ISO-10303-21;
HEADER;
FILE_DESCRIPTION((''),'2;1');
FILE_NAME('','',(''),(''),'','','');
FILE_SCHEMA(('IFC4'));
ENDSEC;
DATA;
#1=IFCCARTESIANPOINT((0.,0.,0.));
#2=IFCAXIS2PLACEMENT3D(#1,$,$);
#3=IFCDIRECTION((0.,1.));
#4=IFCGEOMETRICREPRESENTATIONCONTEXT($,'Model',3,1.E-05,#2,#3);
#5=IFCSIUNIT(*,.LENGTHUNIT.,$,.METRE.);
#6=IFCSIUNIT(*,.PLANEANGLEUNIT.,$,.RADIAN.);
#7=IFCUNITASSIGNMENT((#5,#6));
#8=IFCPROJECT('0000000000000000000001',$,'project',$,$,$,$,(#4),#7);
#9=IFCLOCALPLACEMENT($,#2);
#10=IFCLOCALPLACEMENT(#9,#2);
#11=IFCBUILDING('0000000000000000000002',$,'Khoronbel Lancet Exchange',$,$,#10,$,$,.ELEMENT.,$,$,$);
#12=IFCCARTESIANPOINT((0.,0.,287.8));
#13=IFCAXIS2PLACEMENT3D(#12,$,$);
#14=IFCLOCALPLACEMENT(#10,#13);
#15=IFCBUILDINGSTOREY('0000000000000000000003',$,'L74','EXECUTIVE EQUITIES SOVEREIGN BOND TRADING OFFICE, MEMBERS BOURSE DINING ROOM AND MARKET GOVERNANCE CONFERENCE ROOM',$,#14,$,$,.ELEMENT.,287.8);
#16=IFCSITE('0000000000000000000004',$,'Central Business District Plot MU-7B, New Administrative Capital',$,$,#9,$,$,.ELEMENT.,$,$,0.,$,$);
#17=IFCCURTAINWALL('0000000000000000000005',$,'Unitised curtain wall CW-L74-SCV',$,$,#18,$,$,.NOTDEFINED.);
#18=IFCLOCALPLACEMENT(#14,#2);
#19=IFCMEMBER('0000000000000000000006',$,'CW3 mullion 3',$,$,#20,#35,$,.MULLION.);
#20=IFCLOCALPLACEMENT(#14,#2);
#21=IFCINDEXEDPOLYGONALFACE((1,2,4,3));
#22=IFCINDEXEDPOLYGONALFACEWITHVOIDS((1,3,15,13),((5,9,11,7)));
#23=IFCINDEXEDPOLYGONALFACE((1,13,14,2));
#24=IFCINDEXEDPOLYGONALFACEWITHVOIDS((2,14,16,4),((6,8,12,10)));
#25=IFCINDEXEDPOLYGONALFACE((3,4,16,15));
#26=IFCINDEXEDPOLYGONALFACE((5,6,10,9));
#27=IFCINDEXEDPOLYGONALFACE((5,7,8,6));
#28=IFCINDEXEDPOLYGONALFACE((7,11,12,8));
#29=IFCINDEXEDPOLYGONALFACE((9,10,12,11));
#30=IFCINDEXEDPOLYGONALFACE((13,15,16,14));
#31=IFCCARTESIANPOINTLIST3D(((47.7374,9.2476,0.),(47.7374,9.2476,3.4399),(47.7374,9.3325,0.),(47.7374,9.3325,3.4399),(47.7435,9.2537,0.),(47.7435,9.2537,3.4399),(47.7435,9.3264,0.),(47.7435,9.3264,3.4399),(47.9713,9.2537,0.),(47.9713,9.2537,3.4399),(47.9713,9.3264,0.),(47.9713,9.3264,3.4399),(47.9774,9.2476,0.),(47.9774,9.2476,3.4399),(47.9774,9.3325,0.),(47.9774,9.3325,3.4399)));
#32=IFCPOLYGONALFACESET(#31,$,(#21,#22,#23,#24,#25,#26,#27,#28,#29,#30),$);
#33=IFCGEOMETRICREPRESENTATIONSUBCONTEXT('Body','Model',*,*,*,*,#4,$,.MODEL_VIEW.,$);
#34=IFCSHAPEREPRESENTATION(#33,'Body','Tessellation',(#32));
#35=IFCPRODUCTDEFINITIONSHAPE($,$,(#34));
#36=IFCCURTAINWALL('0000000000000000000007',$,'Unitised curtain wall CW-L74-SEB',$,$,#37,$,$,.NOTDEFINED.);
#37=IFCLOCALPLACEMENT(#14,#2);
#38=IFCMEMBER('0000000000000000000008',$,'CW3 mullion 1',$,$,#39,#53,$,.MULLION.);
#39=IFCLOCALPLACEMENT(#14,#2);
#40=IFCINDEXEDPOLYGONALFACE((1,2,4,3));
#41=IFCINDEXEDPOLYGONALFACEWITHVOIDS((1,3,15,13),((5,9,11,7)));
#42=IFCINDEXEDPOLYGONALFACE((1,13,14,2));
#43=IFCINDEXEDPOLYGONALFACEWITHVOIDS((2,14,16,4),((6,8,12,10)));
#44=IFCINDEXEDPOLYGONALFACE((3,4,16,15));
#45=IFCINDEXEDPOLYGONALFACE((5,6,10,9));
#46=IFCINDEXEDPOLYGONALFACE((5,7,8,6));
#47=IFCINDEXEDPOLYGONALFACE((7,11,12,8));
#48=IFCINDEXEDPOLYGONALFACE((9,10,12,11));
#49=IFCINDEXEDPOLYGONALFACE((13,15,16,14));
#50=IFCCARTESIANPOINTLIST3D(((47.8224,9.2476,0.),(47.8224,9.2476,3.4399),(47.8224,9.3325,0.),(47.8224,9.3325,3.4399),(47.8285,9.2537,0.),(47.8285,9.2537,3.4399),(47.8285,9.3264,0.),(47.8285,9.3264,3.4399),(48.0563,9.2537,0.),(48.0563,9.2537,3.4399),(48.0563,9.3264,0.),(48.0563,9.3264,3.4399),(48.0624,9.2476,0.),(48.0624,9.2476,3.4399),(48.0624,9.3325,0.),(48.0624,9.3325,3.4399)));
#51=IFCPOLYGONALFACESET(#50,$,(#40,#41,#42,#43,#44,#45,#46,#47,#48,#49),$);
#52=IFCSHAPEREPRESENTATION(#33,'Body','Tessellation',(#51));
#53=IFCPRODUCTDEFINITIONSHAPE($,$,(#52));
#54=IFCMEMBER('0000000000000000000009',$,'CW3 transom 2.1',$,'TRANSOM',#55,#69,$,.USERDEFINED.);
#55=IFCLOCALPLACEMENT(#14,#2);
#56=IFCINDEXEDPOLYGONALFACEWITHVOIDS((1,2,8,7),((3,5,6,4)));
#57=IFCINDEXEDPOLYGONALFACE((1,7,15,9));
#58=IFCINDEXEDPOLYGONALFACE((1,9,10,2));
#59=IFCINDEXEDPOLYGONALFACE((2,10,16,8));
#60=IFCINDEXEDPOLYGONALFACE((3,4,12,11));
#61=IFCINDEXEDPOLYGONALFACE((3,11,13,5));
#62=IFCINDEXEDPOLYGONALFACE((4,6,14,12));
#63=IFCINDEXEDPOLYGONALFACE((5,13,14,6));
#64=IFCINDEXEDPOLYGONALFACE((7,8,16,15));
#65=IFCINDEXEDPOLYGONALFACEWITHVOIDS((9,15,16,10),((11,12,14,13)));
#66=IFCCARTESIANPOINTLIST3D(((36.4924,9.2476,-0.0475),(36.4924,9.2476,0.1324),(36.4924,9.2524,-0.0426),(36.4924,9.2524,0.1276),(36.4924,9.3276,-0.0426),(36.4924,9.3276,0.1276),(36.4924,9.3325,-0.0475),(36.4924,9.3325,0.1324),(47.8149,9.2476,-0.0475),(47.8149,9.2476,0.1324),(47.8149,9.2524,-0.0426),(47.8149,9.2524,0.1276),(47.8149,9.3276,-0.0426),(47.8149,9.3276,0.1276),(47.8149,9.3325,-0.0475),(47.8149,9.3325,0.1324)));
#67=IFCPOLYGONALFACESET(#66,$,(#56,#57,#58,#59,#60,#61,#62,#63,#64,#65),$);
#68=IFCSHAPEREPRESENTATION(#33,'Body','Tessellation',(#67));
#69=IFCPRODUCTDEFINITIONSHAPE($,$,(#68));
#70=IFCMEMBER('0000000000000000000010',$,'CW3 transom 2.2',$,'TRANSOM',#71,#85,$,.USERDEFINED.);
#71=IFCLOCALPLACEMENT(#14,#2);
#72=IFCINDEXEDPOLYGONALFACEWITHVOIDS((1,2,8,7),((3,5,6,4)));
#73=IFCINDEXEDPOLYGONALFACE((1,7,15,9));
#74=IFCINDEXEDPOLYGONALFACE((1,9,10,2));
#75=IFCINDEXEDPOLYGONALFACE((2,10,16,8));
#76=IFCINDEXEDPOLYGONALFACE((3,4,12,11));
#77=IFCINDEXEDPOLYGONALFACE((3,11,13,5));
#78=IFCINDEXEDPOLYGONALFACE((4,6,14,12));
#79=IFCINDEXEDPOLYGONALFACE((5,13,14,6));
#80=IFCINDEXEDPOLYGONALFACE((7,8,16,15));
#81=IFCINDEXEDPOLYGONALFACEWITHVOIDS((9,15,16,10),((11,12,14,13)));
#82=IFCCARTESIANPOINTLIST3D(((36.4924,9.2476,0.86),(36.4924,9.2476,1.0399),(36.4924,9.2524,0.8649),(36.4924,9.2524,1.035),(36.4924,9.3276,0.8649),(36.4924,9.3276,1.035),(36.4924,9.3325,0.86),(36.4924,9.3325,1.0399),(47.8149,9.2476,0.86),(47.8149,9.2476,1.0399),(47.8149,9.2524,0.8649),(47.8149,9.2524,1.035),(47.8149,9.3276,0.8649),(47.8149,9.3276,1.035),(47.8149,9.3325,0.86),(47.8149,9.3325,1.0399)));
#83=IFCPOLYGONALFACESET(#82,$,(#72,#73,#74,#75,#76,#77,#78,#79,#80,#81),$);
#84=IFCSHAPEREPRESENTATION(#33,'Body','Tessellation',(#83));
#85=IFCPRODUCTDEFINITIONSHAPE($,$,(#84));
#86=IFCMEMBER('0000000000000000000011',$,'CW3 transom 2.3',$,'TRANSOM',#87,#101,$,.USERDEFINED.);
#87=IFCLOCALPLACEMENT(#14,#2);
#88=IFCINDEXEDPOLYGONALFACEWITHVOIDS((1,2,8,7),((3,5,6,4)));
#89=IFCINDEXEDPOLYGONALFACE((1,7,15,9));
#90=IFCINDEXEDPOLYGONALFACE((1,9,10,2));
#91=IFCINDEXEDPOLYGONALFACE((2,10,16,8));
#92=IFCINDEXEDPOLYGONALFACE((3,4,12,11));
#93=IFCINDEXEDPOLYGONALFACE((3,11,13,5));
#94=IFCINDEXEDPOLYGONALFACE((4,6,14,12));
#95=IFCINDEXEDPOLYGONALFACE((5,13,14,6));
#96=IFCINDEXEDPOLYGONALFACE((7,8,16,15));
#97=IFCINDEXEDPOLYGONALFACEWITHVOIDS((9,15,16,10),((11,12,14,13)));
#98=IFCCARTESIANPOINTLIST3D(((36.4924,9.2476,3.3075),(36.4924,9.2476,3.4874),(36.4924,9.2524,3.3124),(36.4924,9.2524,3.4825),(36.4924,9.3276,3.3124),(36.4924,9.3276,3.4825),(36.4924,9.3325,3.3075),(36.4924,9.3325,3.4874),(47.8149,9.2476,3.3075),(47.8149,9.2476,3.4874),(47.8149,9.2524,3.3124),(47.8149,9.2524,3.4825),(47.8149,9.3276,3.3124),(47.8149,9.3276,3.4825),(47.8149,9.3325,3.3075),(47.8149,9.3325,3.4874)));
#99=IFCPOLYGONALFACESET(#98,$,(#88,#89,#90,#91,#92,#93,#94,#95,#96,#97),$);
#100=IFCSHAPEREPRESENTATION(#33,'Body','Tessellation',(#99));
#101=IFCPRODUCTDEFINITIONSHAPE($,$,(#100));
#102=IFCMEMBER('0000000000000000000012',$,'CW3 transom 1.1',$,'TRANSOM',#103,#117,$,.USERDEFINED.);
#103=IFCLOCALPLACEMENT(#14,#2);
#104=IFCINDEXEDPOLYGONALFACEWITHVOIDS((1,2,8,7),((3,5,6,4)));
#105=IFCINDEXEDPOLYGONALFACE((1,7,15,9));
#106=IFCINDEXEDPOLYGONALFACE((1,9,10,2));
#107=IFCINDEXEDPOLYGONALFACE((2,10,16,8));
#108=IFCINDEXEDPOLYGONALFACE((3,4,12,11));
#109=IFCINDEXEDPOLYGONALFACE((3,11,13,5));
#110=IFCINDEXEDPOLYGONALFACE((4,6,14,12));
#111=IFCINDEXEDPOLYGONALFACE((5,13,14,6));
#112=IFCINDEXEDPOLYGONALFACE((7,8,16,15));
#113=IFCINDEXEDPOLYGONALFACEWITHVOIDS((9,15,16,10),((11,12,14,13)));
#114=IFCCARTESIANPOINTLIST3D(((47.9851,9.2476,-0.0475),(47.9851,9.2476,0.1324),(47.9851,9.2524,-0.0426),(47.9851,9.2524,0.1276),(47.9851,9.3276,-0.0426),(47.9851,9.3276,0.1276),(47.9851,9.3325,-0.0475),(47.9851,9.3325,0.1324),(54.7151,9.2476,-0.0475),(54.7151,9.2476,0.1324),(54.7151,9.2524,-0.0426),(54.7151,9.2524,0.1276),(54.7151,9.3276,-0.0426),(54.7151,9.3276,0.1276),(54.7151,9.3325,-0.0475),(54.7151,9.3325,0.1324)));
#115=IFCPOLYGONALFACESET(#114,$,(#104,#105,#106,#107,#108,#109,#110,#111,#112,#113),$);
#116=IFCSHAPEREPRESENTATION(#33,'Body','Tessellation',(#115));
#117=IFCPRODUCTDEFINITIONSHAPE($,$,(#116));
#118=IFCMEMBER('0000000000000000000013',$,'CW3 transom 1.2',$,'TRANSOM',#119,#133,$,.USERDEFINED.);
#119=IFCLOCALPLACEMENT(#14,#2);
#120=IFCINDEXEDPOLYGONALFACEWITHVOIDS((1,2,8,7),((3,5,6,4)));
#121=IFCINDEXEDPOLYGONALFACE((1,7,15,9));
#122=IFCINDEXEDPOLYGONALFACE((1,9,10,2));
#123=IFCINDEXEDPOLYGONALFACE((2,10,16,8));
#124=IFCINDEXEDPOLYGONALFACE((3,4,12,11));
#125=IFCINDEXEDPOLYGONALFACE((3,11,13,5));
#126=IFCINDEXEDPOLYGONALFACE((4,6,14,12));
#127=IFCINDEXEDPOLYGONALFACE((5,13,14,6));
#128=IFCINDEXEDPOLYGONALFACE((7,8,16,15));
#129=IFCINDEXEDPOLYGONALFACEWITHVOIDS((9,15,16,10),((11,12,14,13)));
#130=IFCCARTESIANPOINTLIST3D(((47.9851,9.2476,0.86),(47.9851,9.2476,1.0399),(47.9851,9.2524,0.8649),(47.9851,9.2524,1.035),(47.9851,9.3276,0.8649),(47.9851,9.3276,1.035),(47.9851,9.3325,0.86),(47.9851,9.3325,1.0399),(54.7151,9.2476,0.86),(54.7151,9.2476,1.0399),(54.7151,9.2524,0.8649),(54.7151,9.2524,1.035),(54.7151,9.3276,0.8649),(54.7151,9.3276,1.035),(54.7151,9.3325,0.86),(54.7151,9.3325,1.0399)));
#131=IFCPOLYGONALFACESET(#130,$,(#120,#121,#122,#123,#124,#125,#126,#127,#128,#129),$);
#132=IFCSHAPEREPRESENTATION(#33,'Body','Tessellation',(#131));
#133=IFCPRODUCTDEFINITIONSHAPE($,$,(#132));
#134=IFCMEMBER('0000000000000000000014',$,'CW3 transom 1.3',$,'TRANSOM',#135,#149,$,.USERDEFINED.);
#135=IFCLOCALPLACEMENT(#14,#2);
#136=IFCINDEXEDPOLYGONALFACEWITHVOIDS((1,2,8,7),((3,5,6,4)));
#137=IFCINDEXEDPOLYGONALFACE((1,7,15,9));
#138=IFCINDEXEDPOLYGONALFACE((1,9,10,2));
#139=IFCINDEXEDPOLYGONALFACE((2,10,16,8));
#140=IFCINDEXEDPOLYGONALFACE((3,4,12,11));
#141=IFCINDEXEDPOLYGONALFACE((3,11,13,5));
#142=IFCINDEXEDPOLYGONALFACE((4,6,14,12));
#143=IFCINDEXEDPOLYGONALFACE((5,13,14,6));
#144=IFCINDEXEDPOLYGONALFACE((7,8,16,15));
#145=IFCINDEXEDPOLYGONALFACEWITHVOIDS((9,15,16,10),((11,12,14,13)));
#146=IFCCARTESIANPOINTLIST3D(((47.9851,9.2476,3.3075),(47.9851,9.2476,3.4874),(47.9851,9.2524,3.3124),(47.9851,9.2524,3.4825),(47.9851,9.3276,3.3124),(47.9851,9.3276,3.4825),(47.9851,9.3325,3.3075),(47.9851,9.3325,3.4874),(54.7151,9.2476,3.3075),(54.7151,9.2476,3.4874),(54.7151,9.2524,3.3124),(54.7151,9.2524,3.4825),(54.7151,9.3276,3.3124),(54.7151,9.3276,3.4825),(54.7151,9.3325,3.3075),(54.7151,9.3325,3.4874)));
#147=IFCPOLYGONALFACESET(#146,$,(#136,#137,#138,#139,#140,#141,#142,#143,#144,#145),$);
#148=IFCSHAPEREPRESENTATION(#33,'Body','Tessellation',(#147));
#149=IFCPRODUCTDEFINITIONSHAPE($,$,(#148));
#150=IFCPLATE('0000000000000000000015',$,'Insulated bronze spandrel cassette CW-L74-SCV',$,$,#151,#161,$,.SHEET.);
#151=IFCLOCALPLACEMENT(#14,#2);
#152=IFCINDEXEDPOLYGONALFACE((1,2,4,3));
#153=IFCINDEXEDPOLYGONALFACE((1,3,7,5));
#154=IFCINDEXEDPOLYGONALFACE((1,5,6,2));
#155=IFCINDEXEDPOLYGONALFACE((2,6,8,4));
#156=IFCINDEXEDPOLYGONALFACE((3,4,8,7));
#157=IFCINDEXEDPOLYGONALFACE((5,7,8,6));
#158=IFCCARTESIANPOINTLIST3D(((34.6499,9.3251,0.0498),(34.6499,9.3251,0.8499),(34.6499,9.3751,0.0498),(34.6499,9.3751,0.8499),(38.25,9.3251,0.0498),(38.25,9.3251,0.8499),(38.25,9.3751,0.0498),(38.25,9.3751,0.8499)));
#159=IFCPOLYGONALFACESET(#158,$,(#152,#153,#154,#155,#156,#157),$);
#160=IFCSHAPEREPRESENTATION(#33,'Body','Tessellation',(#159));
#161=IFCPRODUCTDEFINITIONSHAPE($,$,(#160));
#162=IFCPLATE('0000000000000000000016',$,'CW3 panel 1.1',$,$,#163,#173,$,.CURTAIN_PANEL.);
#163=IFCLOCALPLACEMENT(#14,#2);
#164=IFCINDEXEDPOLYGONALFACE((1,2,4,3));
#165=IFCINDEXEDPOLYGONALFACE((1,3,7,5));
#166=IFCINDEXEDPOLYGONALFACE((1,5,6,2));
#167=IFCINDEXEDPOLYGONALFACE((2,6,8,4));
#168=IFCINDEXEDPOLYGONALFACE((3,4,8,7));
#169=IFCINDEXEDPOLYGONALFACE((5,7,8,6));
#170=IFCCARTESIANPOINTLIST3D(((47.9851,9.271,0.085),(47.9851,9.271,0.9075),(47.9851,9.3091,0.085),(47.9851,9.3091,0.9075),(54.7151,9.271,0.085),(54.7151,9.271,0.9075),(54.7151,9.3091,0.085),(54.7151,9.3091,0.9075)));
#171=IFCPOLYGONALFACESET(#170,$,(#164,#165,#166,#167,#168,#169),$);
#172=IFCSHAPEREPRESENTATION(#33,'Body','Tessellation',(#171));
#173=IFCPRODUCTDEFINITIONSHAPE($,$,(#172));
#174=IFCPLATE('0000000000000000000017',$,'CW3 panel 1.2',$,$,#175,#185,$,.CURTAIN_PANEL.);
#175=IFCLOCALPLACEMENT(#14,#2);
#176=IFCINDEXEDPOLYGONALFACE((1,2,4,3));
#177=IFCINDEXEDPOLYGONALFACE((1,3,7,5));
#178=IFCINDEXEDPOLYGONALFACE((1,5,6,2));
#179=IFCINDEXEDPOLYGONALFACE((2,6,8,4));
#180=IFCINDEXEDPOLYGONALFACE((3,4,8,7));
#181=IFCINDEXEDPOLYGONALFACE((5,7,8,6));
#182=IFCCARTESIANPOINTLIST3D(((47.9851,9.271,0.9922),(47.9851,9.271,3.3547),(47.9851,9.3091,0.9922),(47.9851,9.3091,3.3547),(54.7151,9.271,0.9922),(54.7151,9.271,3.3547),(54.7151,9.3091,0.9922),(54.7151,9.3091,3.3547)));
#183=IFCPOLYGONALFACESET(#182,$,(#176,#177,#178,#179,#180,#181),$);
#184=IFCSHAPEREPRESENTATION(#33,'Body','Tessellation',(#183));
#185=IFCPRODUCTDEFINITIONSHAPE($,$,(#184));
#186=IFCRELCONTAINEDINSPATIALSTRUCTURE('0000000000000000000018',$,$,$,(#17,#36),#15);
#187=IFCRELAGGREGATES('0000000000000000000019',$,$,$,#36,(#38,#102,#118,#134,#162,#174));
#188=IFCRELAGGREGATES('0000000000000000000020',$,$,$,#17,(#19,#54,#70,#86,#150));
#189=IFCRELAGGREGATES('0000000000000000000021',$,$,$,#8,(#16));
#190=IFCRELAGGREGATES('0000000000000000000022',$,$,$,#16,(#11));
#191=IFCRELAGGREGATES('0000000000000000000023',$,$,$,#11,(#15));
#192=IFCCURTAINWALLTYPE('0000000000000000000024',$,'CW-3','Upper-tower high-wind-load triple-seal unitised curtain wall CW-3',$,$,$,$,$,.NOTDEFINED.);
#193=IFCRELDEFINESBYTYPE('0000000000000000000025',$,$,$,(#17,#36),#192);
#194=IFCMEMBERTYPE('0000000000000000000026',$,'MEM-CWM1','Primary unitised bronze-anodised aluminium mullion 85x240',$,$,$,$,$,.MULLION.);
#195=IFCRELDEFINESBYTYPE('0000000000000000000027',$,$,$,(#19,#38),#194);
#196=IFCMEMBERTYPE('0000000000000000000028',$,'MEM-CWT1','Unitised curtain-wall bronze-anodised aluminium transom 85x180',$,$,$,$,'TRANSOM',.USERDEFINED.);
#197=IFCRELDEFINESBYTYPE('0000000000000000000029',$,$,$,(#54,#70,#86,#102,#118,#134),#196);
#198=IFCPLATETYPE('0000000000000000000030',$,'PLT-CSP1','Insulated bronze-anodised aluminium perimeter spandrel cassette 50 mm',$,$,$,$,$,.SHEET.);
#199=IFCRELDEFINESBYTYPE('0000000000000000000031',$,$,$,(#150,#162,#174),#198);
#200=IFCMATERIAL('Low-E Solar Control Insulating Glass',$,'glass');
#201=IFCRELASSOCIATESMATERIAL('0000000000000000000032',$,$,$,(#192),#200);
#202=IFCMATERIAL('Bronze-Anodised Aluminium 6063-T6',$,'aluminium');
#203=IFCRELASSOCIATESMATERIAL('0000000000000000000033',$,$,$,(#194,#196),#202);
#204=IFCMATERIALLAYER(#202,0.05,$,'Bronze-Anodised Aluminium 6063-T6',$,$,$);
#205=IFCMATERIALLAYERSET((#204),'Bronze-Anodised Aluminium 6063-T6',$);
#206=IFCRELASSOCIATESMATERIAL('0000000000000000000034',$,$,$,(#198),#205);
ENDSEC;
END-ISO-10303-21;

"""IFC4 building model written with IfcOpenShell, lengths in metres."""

from ifc_helpers import new_model, si_unit, direction, frame, origin, origin_2d, place, context, subcontext, project, spatial, rectangle, hollow_rectangle, extrude, material, layer, layer_set, material_profile, profile_set, type_object, element, aggregate, save


model = new_model("IFC4")

# Units and contexts
model_context = context("Model", 3, precision=1e-05, world=origin(), true_north=direction((0.0, 1.0)))
body_context = subcontext(model_context, "Body", "Model", "MODEL_VIEW")
ifc_project = project(units=[si_unit("LENGTHUNIT", "METRE"), si_unit("PLANEANGLEUNIT", "RADIAN")], contexts=[model_context])

# Site, building, storey
site_placement = place(None, origin())
site = spatial("IfcSite", under=ifc_project, at=site_placement, Name="Central Business District Plot MU-7B, New Administrative Capital", CompositionType="ELEMENT", RefElevation=0.0)
building_placement = place(site_placement, origin())
building = spatial("IfcBuilding", under=site, at=building_placement, Name="Khoronbel Lancet Exchange", CompositionType="ELEMENT")
storey_placement = place(building_placement, frame((0.0, 0.0, 287.8)))
storey = spatial("IfcBuildingStorey", under=building, at=storey_placement, Name="L74", Description="EXECUTIVE EQUITIES SOVEREIGN BOND TRADING OFFICE, MEMBERS BOURSE DINING ROOM AND MARKET GOVERNANCE CONFERENCE ROOM", CompositionType="ELEMENT", Elevation=287.8)

# Curtain wall, member
ifc_material_1 = material(Name="Low-E Solar Control Insulating Glass", Category="glass")
curtain_wall_type = type_object("IfcCurtainWallType", Name="CW-3", Description="Upper-tower high-wind-load triple-seal unitised curtain wall CW-3", PredefinedType="NOTDEFINED", material=ifc_material_1)
curtain_wall_1_placement = place(storey_placement, origin())
curtain_wall_1 = element("IfcCurtainWall", 1, at=curtain_wall_1_placement, inside=storey, type_object=curtain_wall_type, Name="Unitised curtain wall CW-L74-SCV", PredefinedType="NOTDEFINED")
ifc_material_2 = material(Name="Bronze-Anodised Aluminium 6063-T6", Category="aluminium")
ifc_material_profile_1 = material_profile(ifc_material_2, hollow_rectangle(XDim=0.085, YDim=0.24, WallThickness=0.0061, at=origin_2d()), Name="ALU MULLION 85x240")
ifc_profile_set_1 = profile_set([ifc_material_profile_1], Name="Bronze-Anodised Aluminium 6063-T6")
member_type_1 = type_object("IfcMemberType", Name="MEM-CWM1", Description="Primary unitised bronze-anodised aluminium mullion 85x240", PredefinedType="MULLION", material=ifc_profile_set_1)
member_1_placement = place(storey_placement, frame((47.8574, 9.29, 0.0), z_axis=(0.0, 0.0, 1.0), x_axis=(0.0, 1.0, 0.0)))
member_1 = element("IfcMember", 2, at=member_1_placement, type_object=member_type_1, Name="CW3 mullion 3", PredefinedType="MULLION", context=body_context, shape_type="SweptSolid", body=[
    extrude(hollow_rectangle(XDim=0.085, YDim=0.24, WallThickness=0.0061, at=origin_2d()), origin(), (0.0, 0.0, 1.0), 3.4399),
])

# Curtain wall, member
curtain_wall_2_placement = place(storey_placement, origin())
curtain_wall_2 = element("IfcCurtainWall", 3, at=curtain_wall_2_placement, inside=storey, type_object=curtain_wall_type, Name="Unitised curtain wall CW-L74-SEB", PredefinedType="NOTDEFINED")
member_2_placement = place(storey_placement, frame((47.9424, 9.29, 0.0), z_axis=(0.0, 0.0, 1.0), x_axis=(0.0, 1.0, 0.0)))
member_2 = element("IfcMember", 4, at=member_2_placement, type_object=member_type_1, Name="CW3 mullion 1", PredefinedType="MULLION", context=body_context, shape_type="SweptSolid", body=[
    extrude(hollow_rectangle(XDim=0.085, YDim=0.24, WallThickness=0.0061, at=origin_2d()), origin(), (0.0, 0.0, 1.0), 3.4399),
])

# Members
ifc_material_profile_2 = material_profile(ifc_material_2, hollow_rectangle(XDim=0.085, YDim=0.1799, WallThickness=0.0049, at=origin_2d()), Name="ALU TRANSOM 85x180")
ifc_profile_set_2 = profile_set([ifc_material_profile_2], Name="Bronze-Anodised Aluminium 6063-T6")
member_type_2 = type_object("IfcMemberType", Name="MEM-CWT1", Description="Unitised curtain-wall bronze-anodised aluminium transom 85x180", ElementType="TRANSOM", PredefinedType="USERDEFINED", material=ifc_profile_set_2)
member_3_placement = place(storey_placement, frame((36.4924, 9.29, 0.0425), z_axis=(1.0, 0.0, 0.0), x_axis=(0.0, 1.0, 0.0)))
member_3 = element("IfcMember", 5, at=member_3_placement, type_object=member_type_2, Name="CW3 transom 2.1", ObjectType="TRANSOM", PredefinedType="USERDEFINED", context=body_context, shape_type="SweptSolid", body=[
    extrude(hollow_rectangle(XDim=0.085, YDim=0.1799, WallThickness=0.0049, at=origin_2d()), origin(), (0.0, 0.0, 1.0), 11.3225),
])
member_4_placement = place(storey_placement, frame((36.4924, 9.29, 0.95), z_axis=(1.0, 0.0, 0.0), x_axis=(0.0, 1.0, 0.0)))
member_4 = element("IfcMember", 6, at=member_4_placement, type_object=member_type_2, Name="CW3 transom 2.2", ObjectType="TRANSOM", PredefinedType="USERDEFINED", context=body_context, shape_type="SweptSolid", body=[
    extrude(hollow_rectangle(XDim=0.085, YDim=0.1799, WallThickness=0.0049, at=origin_2d()), origin(), (0.0, 0.0, 1.0), 11.3225),
])
member_5_placement = place(storey_placement, frame((36.4924, 9.29, 3.3975), z_axis=(1.0, 0.0, 0.0), x_axis=(0.0, 1.0, 0.0)))
member_5 = element("IfcMember", 7, at=member_5_placement, type_object=member_type_2, Name="CW3 transom 2.3", ObjectType="TRANSOM", PredefinedType="USERDEFINED", context=body_context, shape_type="SweptSolid", body=[
    extrude(hollow_rectangle(XDim=0.085, YDim=0.1799, WallThickness=0.0049, at=origin_2d()), origin(), (0.0, 0.0, 1.0), 11.3225),
])
member_6_placement = place(storey_placement, frame((47.9851, 9.29, 0.0425), z_axis=(1.0, 0.0, 0.0), x_axis=(0.0, 1.0, 0.0)))
member_6 = element("IfcMember", 8, at=member_6_placement, type_object=member_type_2, Name="CW3 transom 1.1", ObjectType="TRANSOM", PredefinedType="USERDEFINED", context=body_context, shape_type="SweptSolid", body=[
    extrude(hollow_rectangle(XDim=0.085, YDim=0.1799, WallThickness=0.0049, at=origin_2d()), origin(), (0.0, 0.0, 1.0), 6.73),
])
member_7_placement = place(storey_placement, frame((47.9851, 9.29, 0.95), z_axis=(1.0, 0.0, 0.0), x_axis=(0.0, 1.0, 0.0)))
member_7 = element("IfcMember", 9, at=member_7_placement, type_object=member_type_2, Name="CW3 transom 1.2", ObjectType="TRANSOM", PredefinedType="USERDEFINED", context=body_context, shape_type="SweptSolid", body=[
    extrude(hollow_rectangle(XDim=0.085, YDim=0.1799, WallThickness=0.0049, at=origin_2d()), origin(), (0.0, 0.0, 1.0), 6.73),
])
member_8_placement = place(storey_placement, frame((47.9851, 9.29, 3.3975), z_axis=(1.0, 0.0, 0.0), x_axis=(0.0, 1.0, 0.0)))
member_8 = element("IfcMember", 10, at=member_8_placement, type_object=member_type_2, Name="CW3 transom 1.3", ObjectType="TRANSOM", PredefinedType="USERDEFINED", context=body_context, shape_type="SweptSolid", body=[
    extrude(hollow_rectangle(XDim=0.085, YDim=0.1799, WallThickness=0.0049, at=origin_2d()), origin(), (0.0, 0.0, 1.0), 6.73),
])

# Plates
ifc_layer_1 = layer(ifc_material_2, 0.05, Name="Bronze-Anodised Aluminium 6063-T6")
ifc_layer_set_1 = layer_set([ifc_layer_1], Name="Bronze-Anodised Aluminium 6063-T6")
plate_type_1 = type_object("IfcPlateType", Name="PLT-CSP1", Description="Insulated bronze-anodised aluminium perimeter spandrel cassette 50 mm", PredefinedType="SHEET", material=ifc_layer_set_1)
plate_1_placement = place(storey_placement, frame((36.45, 9.3501, 0.0498), z_axis=(0.0, 0.0, 1.0), x_axis=(1.0, 0.0, 0.0)))
plate_1 = element("IfcPlate", 11, at=plate_1_placement, type_object=plate_type_1, Name="Insulated bronze spandrel cassette CW-L74-SCV", PredefinedType="SHEET", context=body_context, shape_type="SweptSolid", body=[
    extrude(rectangle(XDim=3.6001, YDim=0.05, at=origin_2d()), origin(), (0.0, 0.0, 1.0), 0.8),
])
plate_2_placement = place(storey_placement, frame((51.3501, 9.29, 0.085), z_axis=(0.0, 0.0, 1.0), x_axis=(1.0, 0.0, 0.0)))
plate_2 = element("IfcPlate", 12, at=plate_2_placement, type_object=plate_type_1, Name="CW3 panel 1.1", PredefinedType="CURTAIN_PANEL", context=body_context, shape_type="SweptSolid", body=[
    extrude(rectangle(XDim=6.73, YDim=0.0381, at=origin_2d()), origin(), (0.0, 0.0, 1.0), 0.8225),
])
plate_3_placement = place(storey_placement, frame((51.3501, 9.29, 0.9922), z_axis=(0.0, 0.0, 1.0), x_axis=(1.0, 0.0, 0.0)))
plate_3 = element("IfcPlate", 13, at=plate_3_placement, type_object=plate_type_1, Name="CW3 panel 1.2", PredefinedType="CURTAIN_PANEL", context=body_context, shape_type="SweptSolid", body=[
    extrude(rectangle(XDim=6.73, YDim=0.0381, at=origin_2d()), origin(), (0.0, 0.0, 1.0), 2.3625),
])
aggregate(curtain_wall_2, [member_2, member_6, member_7, member_8, plate_2, plate_3])
aggregate(curtain_wall_1, [member_1, member_3, member_4, member_5, plate_1])

save(model, "model.ifc")
